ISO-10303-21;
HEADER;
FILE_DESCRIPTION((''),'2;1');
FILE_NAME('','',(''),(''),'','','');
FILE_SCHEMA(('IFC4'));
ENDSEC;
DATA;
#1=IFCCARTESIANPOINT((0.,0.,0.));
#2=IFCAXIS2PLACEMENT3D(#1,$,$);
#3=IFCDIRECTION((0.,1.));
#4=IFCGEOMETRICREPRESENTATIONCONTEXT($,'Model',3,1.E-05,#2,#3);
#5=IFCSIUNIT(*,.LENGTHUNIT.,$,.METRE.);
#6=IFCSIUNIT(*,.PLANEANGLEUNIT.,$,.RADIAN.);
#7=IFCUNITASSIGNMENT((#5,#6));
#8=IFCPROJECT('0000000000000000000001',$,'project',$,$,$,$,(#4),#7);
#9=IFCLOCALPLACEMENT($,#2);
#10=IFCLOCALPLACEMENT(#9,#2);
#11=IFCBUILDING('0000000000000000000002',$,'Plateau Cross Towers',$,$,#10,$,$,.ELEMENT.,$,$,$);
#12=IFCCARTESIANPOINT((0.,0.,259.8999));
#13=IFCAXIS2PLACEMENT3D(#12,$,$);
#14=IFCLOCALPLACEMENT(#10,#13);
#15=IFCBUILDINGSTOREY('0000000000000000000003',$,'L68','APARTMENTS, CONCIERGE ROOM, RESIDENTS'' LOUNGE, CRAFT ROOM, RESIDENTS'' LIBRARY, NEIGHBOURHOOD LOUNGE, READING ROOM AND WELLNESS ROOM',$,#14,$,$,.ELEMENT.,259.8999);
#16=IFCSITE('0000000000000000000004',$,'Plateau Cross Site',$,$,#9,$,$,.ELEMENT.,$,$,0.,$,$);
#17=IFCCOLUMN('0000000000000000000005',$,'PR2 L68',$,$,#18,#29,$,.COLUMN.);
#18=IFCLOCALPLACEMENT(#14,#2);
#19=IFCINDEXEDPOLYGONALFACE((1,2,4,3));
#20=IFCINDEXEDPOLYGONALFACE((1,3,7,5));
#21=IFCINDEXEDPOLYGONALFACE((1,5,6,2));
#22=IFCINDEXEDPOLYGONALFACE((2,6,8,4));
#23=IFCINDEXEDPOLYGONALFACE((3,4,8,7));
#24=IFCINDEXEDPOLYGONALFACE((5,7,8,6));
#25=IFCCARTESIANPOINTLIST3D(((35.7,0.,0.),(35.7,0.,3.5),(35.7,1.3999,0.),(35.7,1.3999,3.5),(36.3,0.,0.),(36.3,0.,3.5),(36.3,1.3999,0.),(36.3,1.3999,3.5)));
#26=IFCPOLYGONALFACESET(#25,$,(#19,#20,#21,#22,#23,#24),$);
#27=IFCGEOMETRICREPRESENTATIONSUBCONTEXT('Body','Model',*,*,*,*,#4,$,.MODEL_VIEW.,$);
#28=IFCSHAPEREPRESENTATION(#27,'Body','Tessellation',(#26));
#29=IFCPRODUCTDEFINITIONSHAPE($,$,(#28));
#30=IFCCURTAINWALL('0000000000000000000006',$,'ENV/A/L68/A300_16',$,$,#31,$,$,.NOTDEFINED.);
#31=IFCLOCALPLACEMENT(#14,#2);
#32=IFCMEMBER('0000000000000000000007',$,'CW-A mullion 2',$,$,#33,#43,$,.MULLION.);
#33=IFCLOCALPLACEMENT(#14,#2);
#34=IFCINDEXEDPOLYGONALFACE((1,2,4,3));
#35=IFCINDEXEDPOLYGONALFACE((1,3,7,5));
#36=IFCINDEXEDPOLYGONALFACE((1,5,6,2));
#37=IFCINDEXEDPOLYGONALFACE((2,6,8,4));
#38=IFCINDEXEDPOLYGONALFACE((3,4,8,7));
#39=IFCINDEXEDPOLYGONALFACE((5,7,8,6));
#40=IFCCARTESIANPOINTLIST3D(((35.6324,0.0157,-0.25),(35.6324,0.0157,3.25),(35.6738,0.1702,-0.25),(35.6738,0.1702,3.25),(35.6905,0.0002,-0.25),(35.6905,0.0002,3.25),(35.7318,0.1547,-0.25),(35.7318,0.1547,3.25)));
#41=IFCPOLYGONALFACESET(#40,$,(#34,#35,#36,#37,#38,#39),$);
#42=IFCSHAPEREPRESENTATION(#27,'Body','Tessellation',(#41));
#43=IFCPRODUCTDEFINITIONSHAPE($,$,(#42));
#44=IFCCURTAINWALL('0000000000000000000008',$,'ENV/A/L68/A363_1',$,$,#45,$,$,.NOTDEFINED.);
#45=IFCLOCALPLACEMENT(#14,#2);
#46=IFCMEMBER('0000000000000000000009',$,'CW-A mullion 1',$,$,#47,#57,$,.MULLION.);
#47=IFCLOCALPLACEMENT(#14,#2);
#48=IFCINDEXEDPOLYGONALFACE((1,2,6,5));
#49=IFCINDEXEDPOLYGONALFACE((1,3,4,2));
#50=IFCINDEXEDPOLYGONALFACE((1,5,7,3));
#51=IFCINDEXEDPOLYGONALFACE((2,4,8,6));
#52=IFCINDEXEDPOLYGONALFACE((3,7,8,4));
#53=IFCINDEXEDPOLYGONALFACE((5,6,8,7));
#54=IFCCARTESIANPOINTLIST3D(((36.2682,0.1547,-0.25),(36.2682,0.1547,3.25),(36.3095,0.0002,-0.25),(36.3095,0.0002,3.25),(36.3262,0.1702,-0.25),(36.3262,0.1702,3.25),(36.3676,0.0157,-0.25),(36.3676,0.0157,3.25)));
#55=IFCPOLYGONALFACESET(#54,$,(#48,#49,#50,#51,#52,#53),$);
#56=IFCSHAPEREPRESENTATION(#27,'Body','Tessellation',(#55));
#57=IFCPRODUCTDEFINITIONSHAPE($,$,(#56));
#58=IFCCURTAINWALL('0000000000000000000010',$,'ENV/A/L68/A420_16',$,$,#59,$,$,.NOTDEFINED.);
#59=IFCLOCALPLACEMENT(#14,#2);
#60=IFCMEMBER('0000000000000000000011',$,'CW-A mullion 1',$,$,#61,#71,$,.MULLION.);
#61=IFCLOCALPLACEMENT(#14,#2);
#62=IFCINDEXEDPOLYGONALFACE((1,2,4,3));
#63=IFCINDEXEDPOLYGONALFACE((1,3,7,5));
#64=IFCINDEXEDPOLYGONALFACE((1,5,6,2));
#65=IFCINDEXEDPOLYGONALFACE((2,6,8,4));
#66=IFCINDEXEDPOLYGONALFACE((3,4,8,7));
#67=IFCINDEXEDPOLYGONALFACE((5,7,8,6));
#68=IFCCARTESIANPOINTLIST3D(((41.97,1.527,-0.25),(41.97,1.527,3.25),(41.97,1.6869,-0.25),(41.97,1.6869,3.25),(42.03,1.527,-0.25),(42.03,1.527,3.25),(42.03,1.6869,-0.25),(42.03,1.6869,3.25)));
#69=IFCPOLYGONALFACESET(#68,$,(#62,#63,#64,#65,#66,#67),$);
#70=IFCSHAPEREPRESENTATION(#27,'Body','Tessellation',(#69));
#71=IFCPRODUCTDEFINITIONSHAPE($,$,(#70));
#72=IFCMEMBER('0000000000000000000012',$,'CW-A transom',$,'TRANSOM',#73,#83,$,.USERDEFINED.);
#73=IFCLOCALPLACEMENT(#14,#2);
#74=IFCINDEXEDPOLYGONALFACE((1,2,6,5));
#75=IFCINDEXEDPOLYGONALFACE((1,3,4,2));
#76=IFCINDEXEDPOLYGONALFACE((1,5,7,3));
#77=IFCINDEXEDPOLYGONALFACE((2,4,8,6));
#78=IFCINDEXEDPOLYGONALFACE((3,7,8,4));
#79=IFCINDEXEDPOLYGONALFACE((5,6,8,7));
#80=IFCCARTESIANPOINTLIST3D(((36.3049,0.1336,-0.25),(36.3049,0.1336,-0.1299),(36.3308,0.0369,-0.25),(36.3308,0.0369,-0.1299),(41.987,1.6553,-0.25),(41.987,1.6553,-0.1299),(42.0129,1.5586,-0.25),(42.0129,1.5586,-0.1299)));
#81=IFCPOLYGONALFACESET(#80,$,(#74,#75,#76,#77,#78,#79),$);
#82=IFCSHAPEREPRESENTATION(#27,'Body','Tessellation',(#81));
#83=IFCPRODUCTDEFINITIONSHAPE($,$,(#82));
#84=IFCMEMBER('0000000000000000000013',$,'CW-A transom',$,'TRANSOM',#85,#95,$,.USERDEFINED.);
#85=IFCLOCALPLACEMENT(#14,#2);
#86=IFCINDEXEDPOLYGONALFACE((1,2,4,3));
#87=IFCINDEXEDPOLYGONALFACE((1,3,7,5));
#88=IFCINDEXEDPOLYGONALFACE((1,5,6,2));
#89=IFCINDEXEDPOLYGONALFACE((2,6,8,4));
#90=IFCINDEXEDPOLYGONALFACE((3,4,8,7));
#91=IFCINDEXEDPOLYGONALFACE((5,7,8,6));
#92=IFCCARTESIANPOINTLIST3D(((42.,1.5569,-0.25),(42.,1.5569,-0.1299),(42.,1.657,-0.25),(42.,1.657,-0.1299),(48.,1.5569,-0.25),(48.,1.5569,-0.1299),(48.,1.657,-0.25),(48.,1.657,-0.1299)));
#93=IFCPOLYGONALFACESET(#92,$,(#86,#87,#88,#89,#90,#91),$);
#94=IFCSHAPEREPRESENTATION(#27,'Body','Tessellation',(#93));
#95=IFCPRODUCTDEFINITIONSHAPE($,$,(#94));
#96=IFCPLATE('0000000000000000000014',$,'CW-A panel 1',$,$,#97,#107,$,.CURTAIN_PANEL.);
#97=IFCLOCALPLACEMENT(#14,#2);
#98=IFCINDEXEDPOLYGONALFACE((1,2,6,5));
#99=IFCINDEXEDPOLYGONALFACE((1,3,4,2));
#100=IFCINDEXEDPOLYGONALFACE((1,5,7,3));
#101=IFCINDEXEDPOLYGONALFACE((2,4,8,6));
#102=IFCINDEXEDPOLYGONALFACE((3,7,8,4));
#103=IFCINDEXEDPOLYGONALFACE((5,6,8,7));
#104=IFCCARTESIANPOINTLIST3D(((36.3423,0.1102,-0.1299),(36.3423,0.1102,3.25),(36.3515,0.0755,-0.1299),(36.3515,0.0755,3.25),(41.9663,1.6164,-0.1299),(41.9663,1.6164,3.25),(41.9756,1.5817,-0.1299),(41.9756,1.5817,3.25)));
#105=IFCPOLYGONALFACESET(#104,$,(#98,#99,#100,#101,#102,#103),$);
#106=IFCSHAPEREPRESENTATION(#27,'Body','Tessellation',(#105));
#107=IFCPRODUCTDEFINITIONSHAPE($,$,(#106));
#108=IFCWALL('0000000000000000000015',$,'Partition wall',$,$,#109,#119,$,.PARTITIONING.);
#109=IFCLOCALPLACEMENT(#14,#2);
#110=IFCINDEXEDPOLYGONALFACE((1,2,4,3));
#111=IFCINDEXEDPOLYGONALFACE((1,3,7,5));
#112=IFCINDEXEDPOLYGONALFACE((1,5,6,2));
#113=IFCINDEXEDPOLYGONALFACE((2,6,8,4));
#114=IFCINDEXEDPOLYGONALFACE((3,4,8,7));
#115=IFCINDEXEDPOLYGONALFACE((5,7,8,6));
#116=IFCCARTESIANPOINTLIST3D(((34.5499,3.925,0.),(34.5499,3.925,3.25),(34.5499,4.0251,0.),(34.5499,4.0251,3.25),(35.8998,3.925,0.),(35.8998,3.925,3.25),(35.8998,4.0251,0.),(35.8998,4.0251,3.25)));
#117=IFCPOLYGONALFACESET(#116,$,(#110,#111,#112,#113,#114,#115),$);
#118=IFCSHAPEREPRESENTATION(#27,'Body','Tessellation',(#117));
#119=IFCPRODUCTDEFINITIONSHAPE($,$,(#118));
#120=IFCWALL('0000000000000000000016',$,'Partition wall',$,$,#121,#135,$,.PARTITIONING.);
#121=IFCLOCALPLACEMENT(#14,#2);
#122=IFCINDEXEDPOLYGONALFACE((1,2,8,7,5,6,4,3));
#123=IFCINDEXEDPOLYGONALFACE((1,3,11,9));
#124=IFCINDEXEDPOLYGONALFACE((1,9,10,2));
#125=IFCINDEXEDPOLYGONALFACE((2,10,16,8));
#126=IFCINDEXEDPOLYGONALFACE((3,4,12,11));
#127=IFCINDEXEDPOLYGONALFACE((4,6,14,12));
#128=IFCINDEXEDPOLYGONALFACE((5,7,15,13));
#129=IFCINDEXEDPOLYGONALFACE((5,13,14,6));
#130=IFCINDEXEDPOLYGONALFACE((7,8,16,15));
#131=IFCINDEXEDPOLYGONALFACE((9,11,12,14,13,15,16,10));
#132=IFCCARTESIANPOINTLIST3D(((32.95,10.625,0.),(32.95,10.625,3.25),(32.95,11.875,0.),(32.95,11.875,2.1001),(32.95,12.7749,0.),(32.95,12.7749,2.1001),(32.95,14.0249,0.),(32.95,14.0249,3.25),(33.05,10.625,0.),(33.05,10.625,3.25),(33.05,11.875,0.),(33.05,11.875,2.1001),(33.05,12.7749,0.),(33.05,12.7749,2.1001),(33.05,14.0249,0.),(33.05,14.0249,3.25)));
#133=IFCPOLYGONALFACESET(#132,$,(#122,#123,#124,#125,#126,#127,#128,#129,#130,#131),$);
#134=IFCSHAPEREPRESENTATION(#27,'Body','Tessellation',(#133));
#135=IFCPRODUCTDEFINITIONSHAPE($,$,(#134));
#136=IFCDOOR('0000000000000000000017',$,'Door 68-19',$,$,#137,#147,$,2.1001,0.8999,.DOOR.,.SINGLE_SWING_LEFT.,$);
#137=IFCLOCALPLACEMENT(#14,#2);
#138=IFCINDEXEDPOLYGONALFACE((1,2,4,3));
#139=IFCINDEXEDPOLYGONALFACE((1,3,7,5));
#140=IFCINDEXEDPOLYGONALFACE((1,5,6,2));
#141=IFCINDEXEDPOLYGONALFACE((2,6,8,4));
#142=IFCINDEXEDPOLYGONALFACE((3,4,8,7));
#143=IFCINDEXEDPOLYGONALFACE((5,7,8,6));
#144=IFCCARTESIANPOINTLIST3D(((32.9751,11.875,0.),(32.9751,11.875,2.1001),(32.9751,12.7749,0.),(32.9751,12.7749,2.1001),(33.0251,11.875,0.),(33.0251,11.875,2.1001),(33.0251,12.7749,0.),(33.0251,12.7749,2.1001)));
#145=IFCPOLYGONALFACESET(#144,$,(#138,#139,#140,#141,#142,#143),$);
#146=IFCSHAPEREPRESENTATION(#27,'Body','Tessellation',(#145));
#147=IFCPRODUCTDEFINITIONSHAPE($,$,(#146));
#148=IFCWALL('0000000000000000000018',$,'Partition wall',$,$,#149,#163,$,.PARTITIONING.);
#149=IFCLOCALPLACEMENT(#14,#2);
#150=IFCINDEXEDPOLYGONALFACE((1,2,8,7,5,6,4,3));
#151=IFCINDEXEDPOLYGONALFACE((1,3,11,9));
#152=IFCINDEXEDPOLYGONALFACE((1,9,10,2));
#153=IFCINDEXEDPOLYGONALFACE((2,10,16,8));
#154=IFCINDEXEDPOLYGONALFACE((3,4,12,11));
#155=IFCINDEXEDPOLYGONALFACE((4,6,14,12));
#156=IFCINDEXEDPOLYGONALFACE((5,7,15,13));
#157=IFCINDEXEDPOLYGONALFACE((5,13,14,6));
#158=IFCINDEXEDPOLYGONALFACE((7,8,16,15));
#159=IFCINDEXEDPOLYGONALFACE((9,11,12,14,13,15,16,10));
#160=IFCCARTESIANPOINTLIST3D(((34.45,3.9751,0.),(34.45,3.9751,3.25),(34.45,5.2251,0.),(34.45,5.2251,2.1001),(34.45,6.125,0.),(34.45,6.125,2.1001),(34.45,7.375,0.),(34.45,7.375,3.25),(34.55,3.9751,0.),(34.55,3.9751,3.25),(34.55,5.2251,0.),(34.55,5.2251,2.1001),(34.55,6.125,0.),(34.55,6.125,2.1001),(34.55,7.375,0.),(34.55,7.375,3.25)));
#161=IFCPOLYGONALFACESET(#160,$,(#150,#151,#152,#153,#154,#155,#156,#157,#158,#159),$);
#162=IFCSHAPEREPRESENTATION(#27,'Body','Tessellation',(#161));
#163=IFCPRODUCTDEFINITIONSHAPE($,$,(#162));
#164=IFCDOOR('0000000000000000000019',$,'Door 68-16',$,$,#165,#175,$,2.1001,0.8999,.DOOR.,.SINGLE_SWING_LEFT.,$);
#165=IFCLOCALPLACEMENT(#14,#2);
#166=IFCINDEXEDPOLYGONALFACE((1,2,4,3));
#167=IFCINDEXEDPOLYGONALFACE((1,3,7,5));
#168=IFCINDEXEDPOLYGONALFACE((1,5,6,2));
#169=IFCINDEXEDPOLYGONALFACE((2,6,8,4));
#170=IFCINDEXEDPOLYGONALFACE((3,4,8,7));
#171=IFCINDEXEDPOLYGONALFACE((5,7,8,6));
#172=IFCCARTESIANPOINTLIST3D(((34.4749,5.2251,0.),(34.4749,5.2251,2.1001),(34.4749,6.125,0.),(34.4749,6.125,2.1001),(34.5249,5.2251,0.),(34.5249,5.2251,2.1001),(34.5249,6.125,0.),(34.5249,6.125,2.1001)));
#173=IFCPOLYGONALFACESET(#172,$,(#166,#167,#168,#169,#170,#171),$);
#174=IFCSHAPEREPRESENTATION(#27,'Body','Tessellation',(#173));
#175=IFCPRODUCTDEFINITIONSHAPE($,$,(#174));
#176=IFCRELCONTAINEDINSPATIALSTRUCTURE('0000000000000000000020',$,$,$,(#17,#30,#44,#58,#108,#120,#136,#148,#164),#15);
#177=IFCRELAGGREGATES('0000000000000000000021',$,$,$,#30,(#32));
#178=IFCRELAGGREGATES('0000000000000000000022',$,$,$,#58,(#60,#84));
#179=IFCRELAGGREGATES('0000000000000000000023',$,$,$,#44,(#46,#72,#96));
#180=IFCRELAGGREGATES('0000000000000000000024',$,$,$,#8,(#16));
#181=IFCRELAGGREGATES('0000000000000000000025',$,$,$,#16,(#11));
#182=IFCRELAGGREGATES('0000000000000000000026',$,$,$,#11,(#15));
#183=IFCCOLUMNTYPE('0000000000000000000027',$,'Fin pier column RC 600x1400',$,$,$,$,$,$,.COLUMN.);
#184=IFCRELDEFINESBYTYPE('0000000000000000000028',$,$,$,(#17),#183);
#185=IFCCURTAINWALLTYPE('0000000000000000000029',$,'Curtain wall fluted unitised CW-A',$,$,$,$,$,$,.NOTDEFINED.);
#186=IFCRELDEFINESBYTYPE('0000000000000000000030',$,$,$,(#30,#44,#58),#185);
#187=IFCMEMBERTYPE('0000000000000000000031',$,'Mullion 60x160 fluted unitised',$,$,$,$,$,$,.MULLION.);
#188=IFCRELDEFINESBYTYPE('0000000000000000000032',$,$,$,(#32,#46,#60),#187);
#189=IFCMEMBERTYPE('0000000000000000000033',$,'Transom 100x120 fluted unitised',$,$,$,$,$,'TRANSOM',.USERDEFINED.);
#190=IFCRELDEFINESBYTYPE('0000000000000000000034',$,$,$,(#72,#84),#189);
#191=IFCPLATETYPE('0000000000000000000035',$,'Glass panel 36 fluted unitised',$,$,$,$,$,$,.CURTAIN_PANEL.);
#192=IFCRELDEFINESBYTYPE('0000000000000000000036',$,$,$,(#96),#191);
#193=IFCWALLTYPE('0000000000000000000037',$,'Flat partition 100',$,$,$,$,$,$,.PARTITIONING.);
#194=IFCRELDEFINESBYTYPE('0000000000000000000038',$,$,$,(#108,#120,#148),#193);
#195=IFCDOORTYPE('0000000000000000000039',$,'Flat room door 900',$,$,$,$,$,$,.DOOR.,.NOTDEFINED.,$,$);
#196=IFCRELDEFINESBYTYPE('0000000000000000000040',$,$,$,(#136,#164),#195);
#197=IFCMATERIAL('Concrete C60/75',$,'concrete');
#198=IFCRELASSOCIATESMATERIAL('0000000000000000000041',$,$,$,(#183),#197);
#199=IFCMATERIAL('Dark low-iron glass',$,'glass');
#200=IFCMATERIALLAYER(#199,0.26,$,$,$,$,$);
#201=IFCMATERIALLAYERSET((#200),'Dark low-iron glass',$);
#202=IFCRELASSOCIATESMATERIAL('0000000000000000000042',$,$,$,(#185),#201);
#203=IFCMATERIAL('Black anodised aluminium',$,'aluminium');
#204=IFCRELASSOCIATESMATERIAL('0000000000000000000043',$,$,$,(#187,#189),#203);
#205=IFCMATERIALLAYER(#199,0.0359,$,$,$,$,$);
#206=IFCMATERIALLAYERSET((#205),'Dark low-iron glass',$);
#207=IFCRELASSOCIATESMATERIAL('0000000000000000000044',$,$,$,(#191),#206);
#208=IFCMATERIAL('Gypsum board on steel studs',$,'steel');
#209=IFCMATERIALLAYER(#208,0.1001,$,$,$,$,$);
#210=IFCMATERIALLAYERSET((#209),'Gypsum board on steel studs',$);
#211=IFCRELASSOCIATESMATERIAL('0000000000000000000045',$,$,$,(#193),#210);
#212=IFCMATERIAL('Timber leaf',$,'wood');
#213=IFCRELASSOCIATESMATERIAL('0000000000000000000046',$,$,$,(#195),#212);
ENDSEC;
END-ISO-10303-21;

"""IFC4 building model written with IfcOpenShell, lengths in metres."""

from ifc_helpers import new_model, si_unit, direction, frame, frame_2d, origin, origin_2d, place, context, subcontext, project, spatial, rectangle, extrude, material, layer, layer_set, material_profile, profile_set, type_object, element, fill, aggregate, save


model = new_model("IFC4")

# Units and contexts
model_context = context("Model", 3, precision=1e-05, world=origin(), true_north=direction((0.0, 1.0)))
body_context = subcontext(model_context, "Body", "Model", "MODEL_VIEW")
ifc_project = project(units=[si_unit("LENGTHUNIT", "METRE"), si_unit("PLANEANGLEUNIT", "RADIAN")], contexts=[model_context])

# Site, building, storey
site_placement = place(None, origin())
site = spatial("IfcSite", under=ifc_project, at=site_placement, Name="Plateau Cross Site", CompositionType="ELEMENT", RefElevation=0.0)
building_placement = place(site_placement, origin())
building = spatial("IfcBuilding", under=site, at=building_placement, Name="Plateau Cross Towers", CompositionType="ELEMENT")
storey_placement = place(building_placement, frame((0.0, 0.0, 259.8999)))
storey = spatial("IfcBuildingStorey", under=building, at=storey_placement, Name="L68", Description="APARTMENTS, CONCIERGE ROOM, RESIDENTS' LOUNGE, CRAFT ROOM, RESIDENTS' LIBRARY, NEIGHBOURHOOD LOUNGE, READING ROOM AND WELLNESS ROOM", CompositionType="ELEMENT", Elevation=259.8999)

# Column
ifc_material_1 = material(Name="Concrete C60/75", Category="concrete")
ifc_material_profile_1 = material_profile(ifc_material_1, rectangle(XDim=0.6001, YDim=1.3999, at=origin_2d()), Name="RC 600x1400")
ifc_profile_set_1 = profile_set([ifc_material_profile_1], Name="Concrete C60/75")
column_type = type_object("IfcColumnType", Name="Fin pier column RC 600x1400", PredefinedType="COLUMN", material=ifc_profile_set_1)
column_placement = place(storey_placement, frame((36.0, 0.7, 0.0), z_axis=(0.0, 0.0, 1.0), x_axis=(1.0, 0.0, 0.0)))
element("IfcColumn", 1, at=column_placement, inside=storey, type_object=column_type, Name="PR2 L68", PredefinedType="COLUMN", context=body_context, shape_type="SweptSolid", body=[
    extrude(rectangle(XDim=0.6001, YDim=1.3999, at=origin_2d()), origin(), (0.0, 0.0, 1.0), 3.5),
])

# Curtain walls, members
ifc_material_2 = material(Name="Dark low-iron glass", Category="glass")
ifc_layer_1 = layer(ifc_material_2, 0.26)
ifc_layer_set_1 = layer_set([ifc_layer_1], Name="Dark low-iron glass")
curtain_wall_type = type_object("IfcCurtainWallType", Name="Curtain wall fluted unitised CW-A", PredefinedType="NOTDEFINED", material=ifc_layer_set_1)
curtain_wall_1_placement = place(storey_placement, origin())
curtain_wall_1 = element("IfcCurtainWall", 2, at=curtain_wall_1_placement, inside=storey, type_object=curtain_wall_type, Name="ENV/A/L68/A300_16", PredefinedType="NOTDEFINED")
ifc_material_3 = material(Name="Black anodised aluminium", Category="aluminium")
ifc_material_profile_2 = material_profile(ifc_material_3, rectangle(XDim=0.0601, YDim=0.1599, at=origin_2d()), Name="MULLION 60x160")
ifc_profile_set_2 = profile_set([ifc_material_profile_2], Name="Black anodised aluminium")
member_type_1 = type_object("IfcMemberType", Name="Mullion 60x160 fluted unitised", PredefinedType="MULLION", material=ifc_profile_set_2)
member_1_placement = place(storey_placement, frame((35.6821, 0.0852, -0.25), z_axis=(0.0, 0.0, 1.0), x_axis=(0.965958, -0.258699, 0.0)))
member_1 = element("IfcMember", 3, at=member_1_placement, type_object=member_type_1, Name="CW-A mullion 2", PredefinedType="MULLION", context=body_context, shape_type="SweptSolid", body=[
    extrude(rectangle(XDim=0.0601, YDim=0.1599, at=origin_2d()), origin(), (0.0, 0.0, 1.0), 3.5),
])
aggregate(curtain_wall_1, [member_1])
curtain_wall_2_placement = place(storey_placement, origin())
curtain_wall_2 = element("IfcCurtainWall", 4, at=curtain_wall_2_placement, inside=storey, type_object=curtain_wall_type, Name="ENV/A/L68/A363_1", PredefinedType="NOTDEFINED")
member_2_placement = place(storey_placement, frame((36.3179, 0.0852, -0.25), z_axis=(0.0, 0.0, 1.0), x_axis=(0.965958, 0.258699, 0.0)))
member_2 = element("IfcMember", 5, at=member_2_placement, type_object=member_type_1, Name="CW-A mullion 1", PredefinedType="MULLION", context=body_context, shape_type="SweptSolid", body=[
    extrude(rectangle(XDim=0.0601, YDim=0.1599, at=origin_2d()), origin(), (0.0, 0.0, 1.0), 3.5),
])
curtain_wall_3_placement = place(storey_placement, origin())
curtain_wall_3 = element("IfcCurtainWall", 6, at=curtain_wall_3_placement, inside=storey, type_object=curtain_wall_type, Name="ENV/A/L68/A420_16", PredefinedType="NOTDEFINED")
member_3_placement = place(storey_placement, frame((42.0, 1.6069, -0.25), z_axis=(0.0, 0.0, 1.0), x_axis=(1.0, 0.0, 0.0)))
member_3 = element("IfcMember", 7, at=member_3_placement, type_object=member_type_1, Name="CW-A mullion 1", PredefinedType="MULLION", context=body_context, shape_type="SweptSolid", body=[
    extrude(rectangle(XDim=0.0601, YDim=0.1599, at=origin_2d()), origin(), (0.0, 0.0, 1.0), 3.5),
])

# Members
ifc_material_profile_3 = material_profile(ifc_material_3, rectangle(XDim=0.1001, YDim=0.1201, at=origin_2d()), Name="TRANSOM 100x120")
ifc_profile_set_3 = profile_set([ifc_material_profile_3], Name="Black anodised aluminium")
member_type_2 = type_object("IfcMemberType", Name="Transom 100x120 fluted unitised", ElementType="TRANSOM", PredefinedType="USERDEFINED", material=ifc_profile_set_3)
member_4_placement = place(storey_placement, frame((36.3179, 0.0852, -0.1899), z_axis=(0.96596, 0.258693, 0.0), x_axis=(-0.258693, 0.96596, 0.0)))
member_4 = element("IfcMember", 8, at=member_4_placement, type_object=member_type_2, Name="CW-A transom", ObjectType="TRANSOM", PredefinedType="USERDEFINED", context=body_context, shape_type="SweptSolid", body=[
    extrude(rectangle(XDim=0.1001, YDim=0.1201, at=origin_2d()), origin(), (0.0, 0.0, 1.0), 5.8823),
])
member_5_placement = place(storey_placement, frame((42.0, 1.6069, -0.1899), z_axis=(1.0, 0.0, 0.0), x_axis=(0.0, 1.0, 0.0)))
member_5 = element("IfcMember", 9, at=member_5_placement, type_object=member_type_2, Name="CW-A transom", ObjectType="TRANSOM", PredefinedType="USERDEFINED", context=body_context, shape_type="SweptSolid", body=[
    extrude(rectangle(XDim=0.1001, YDim=0.1201, at=origin_2d()), origin(), (0.0, 0.0, 1.0), 6.0),
])
aggregate(curtain_wall_3, [member_3, member_5])

# Plate
ifc_layer_2 = layer(ifc_material_2, 0.0359)
ifc_layer_set_2 = layer_set([ifc_layer_2], Name="Dark low-iron glass")
plate_type = type_object("IfcPlateType", Name="Glass panel 36 fluted unitised", PredefinedType="CURTAIN_PANEL", material=ifc_layer_set_2)
plate_placement = place(storey_placement, frame((39.1589, 0.8459, -0.1299), z_axis=(0.0, 0.0, 1.0), x_axis=(0.965958, 0.258699, 0.0)))
plate = element("IfcPlate", 10, at=plate_placement, type_object=plate_type, Name="CW-A panel 1", PredefinedType="CURTAIN_PANEL", context=body_context, shape_type="SweptSolid", body=[
    extrude(rectangle(XDim=5.8223, YDim=0.0359, at=origin_2d()), origin(), (0.0, 0.0, 1.0), 3.3799),
])
aggregate(curtain_wall_2, [member_2, member_4, plate])

# Wall
ifc_material_4 = material(Name="Gypsum board on steel studs", Category="steel")
ifc_layer_3 = layer(ifc_material_4, 0.1001)
ifc_layer_set_3 = layer_set([ifc_layer_3], Name="Gypsum board on steel studs")
wall_type_1 = type_object("IfcWallType", Name="Flat partition 100", PredefinedType="PARTITIONING", material=ifc_layer_set_3)
wall_1_placement = place(storey_placement, frame((34.55, 3.9751, 0.0), z_axis=(0.0, 0.0, 1.0), x_axis=(1.0, 0.0, 0.0)))
element("IfcWall", 11, at=wall_1_placement, inside=storey, type_object=wall_type_1, Name="Partition wall", PredefinedType="PARTITIONING", context=body_context, shape_type="SweptSolid", body=[
    extrude(rectangle(XDim=1.3499, YDim=0.1001, at=frame_2d((0.6748, 0.0))), origin(), (0.0, 0.0, 1.0), 3.25),
])

# Walls, openings, doors
wall_2_placement = place(storey_placement, frame((33.0, 10.625, 0.0), z_axis=(0.0, 0.0, 1.0), x_axis=(0.0, 1.0, 0.0)))
wall_2 = element("IfcWall", 12, at=wall_2_placement, inside=storey, type_object=wall_type_1, Name="Partition wall", PredefinedType="PARTITIONING", context=body_context, shape_type="SweptSolid", body=[
    extrude(rectangle(XDim=3.3999, YDim=0.1001, at=frame_2d((1.7, 0.0))), origin(), (0.0, 0.0, 1.0), 3.25),
])
opening_1_placement = place(wall_2_placement, frame((1.25, 0.0, 0.0)))
opening_1 = element("IfcOpeningElement", 13, at=opening_1_placement, cuts=wall_2, PredefinedType="OPENING", context=body_context, shape_type="SweptSolid", body=[
    extrude(rectangle(XDim=0.8999, YDim=2.1001, at=frame_2d((0.45, 1.05))), frame((0.0, 0.0601, 0.0), z_axis=(0.0, -1.0, 0.0), x_axis=(1.0, 0.0, 0.0)), (0.0, 0.0, 1.0), 0.1201),
])
ifc_material_5 = material(Name="Timber leaf", Category="wood")
door_type = type_object("IfcDoorType", Name="Flat room door 900", OperationType="NOTDEFINED", PredefinedType="DOOR", material=ifc_material_5)
door_1_placement = place(opening_1_placement, origin())
door_1 = element("IfcDoor", 14, at=door_1_placement, inside=storey, type_object=door_type, Name="Door 68-19", OperationType="SINGLE_SWING_LEFT", OverallHeight=2.1001, OverallWidth=0.8999, PredefinedType="DOOR", context=body_context, shape_type="SweptSolid", body=[
    extrude(rectangle(XDim=0.8999, YDim=2.1001, at=frame_2d((0.45, 1.05))), frame((0.0, 0.0249, 0.0), z_axis=(0.0, -1.0, 0.0), x_axis=(1.0, 0.0, 0.0)), (0.0, 0.0, 1.0), 0.05),
])
fill(opening_1, door_1)
wall_3_placement = place(storey_placement, frame((34.5, 7.375, 0.0), z_axis=(0.0, 0.0, 1.0), x_axis=(0.0, -1.0, 0.0)))
wall_3 = element("IfcWall", 15, at=wall_3_placement, inside=storey, type_object=wall_type_1, Name="Partition wall", PredefinedType="PARTITIONING", context=body_context, shape_type="SweptSolid", body=[
    extrude(rectangle(XDim=3.3999, YDim=0.1001, at=frame_2d((1.7, 0.0))), origin(), (0.0, 0.0, 1.0), 3.25),
])
opening_2_placement = place(wall_3_placement, frame((1.25, 0.0, 0.0)))
opening_2 = element("IfcOpeningElement", 16, at=opening_2_placement, cuts=wall_3, PredefinedType="OPENING", context=body_context, shape_type="SweptSolid", body=[
    extrude(rectangle(XDim=0.8999, YDim=2.1001, at=frame_2d((0.45, 1.05))), frame((0.0, 0.0601, 0.0), z_axis=(0.0, -1.0, 0.0), x_axis=(1.0, 0.0, 0.0)), (0.0, 0.0, 1.0), 0.1201),
])
door_2_placement = place(opening_2_placement, origin())
door_2 = element("IfcDoor", 17, at=door_2_placement, inside=storey, type_object=door_type, Name="Door 68-16", OperationType="SINGLE_SWING_LEFT", OverallHeight=2.1001, OverallWidth=0.8999, PredefinedType="DOOR", context=body_context, shape_type="SweptSolid", body=[
    extrude(rectangle(XDim=0.8999, YDim=2.1001, at=frame_2d((0.45, 1.05))), frame((0.0, 0.0249, 0.0), z_axis=(0.0, -1.0, 0.0), x_axis=(1.0, 0.0, 0.0)), (0.0, 0.0, 1.0), 0.05),
])
fill(opening_2, door_2)

save(model, "model.ifc")
